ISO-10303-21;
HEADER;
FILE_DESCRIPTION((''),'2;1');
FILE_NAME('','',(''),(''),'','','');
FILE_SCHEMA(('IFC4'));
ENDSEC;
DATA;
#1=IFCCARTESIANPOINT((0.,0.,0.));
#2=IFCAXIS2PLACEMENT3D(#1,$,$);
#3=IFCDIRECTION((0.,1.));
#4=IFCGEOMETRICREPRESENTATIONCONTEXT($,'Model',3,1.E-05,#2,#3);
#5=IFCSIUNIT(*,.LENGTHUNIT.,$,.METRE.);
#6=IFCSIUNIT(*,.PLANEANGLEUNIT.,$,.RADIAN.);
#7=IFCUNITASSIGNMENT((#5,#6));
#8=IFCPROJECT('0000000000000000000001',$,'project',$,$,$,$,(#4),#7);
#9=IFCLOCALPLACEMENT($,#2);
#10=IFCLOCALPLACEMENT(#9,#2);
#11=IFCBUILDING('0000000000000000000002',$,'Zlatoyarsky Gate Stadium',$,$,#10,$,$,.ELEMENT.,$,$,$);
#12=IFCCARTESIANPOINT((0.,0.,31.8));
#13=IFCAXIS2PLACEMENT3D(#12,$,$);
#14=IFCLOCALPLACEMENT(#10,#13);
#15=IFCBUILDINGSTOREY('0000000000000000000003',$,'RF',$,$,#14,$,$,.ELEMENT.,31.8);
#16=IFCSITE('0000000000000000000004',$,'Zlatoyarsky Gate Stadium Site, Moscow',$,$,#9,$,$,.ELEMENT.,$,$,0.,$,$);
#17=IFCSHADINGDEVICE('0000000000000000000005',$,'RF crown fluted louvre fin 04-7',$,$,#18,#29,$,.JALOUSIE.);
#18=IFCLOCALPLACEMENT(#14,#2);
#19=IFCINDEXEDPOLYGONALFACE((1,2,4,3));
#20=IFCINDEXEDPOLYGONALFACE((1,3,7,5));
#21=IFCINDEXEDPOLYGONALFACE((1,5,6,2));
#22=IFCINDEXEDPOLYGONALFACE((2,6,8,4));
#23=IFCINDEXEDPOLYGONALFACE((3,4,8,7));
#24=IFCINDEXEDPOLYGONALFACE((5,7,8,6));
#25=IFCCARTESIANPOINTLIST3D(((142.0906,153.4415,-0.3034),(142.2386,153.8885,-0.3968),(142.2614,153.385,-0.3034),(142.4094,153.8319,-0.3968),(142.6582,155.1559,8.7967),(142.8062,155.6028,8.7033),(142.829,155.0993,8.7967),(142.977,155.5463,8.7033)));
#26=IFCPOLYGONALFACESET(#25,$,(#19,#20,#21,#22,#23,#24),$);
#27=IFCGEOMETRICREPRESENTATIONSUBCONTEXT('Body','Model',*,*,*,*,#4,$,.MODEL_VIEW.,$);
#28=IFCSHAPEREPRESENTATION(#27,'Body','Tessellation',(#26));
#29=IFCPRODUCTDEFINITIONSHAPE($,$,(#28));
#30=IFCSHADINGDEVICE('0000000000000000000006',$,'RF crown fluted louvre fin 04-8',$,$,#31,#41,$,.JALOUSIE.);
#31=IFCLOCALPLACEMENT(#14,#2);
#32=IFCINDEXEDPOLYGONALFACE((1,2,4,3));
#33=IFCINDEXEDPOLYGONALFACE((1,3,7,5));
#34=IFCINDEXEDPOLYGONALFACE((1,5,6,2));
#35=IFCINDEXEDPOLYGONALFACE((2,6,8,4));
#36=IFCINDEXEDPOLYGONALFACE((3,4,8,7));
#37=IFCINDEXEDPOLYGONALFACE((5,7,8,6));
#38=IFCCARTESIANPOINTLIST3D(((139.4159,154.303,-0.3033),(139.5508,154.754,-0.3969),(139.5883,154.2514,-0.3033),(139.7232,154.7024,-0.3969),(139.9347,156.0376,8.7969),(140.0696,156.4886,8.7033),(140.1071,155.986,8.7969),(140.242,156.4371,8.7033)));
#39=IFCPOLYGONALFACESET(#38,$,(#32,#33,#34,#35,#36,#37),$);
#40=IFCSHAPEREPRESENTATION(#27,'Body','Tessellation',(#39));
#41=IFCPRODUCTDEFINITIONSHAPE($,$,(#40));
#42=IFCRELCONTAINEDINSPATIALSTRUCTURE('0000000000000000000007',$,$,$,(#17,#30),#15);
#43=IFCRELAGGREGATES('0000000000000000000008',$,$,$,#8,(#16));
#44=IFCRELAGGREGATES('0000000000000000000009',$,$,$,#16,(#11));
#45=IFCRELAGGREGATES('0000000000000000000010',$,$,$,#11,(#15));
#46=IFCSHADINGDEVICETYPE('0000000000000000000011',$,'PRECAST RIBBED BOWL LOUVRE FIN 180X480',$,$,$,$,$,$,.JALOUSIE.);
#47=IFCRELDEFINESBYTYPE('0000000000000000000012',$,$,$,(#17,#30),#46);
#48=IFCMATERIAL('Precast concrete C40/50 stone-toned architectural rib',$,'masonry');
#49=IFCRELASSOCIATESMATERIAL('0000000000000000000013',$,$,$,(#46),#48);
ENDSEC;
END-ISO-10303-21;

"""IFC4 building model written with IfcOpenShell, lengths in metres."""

from ifc_helpers import new_model, si_unit, direction, frame, origin, origin_2d, place, context, subcontext, project, spatial, rectangle, extrude, material, material_profile, profile_set, type_object, element, save


model = new_model("IFC4")

# Units and contexts
model_context = context("Model", 3, precision=1e-05, world=origin(), true_north=direction((0.0, 1.0)))
body_context = subcontext(model_context, "Body", "Model", "MODEL_VIEW")
ifc_project = project(units=[si_unit("LENGTHUNIT", "METRE"), si_unit("PLANEANGLEUNIT", "RADIAN")], contexts=[model_context])

# Site, building, storey
site_placement = place(None, origin())
site = spatial("IfcSite", under=ifc_project, at=site_placement, Name="Zlatoyarsky Gate Stadium Site, Moscow", CompositionType="ELEMENT", RefElevation=0.0)
building_placement = place(site_placement, origin())
building = spatial("IfcBuilding", under=site, at=building_placement, Name="Zlatoyarsky Gate Stadium", CompositionType="ELEMENT")
storey_placement = place(building_placement, frame((0.0, 0.0, 31.8)))
storey = spatial("IfcBuildingStorey", under=building, at=storey_placement, Name="RF", CompositionType="ELEMENT", Elevation=31.8)

# Shading devices
ifc_material_1 = material(Name="Precast concrete C40/50 stone-toned architectural rib", Category="masonry")
ifc_material_profile_1 = material_profile(ifc_material_1, rectangle(XDim=0.1799, YDim=0.48, at=origin_2d()), Name="RIB 180X480")
ifc_profile_set_1 = profile_set([ifc_material_profile_1], Name="Precast concrete C40/50 stone-toned architectural rib")
shading_device_type = type_object("IfcShadingDeviceType", Name="PRECAST RIBBED BOWL LOUVRE FIN 180X480", PredefinedType="JALOUSIE", material=ifc_profile_set_1)
shading_device_1_placement = place(storey_placement, frame((142.25, 153.6367, -0.3501), z_axis=(0.061183, 0.184785, 0.980873), x_axis=(-0.949317, 0.314321, 0.0)))
element("IfcShadingDevice", 1, at=shading_device_1_placement, inside=storey, type_object=shading_device_type, Name="RF crown fluted louvre fin 04-7", PredefinedType="JALOUSIE", context=body_context, shape_type="SweptSolid", body=[
    extrude(rectangle(XDim=0.1799, YDim=0.48, at=origin_2d()), origin(), (0.0, 0.0, 1.0), 9.2776),
])
shading_device_2_placement = place(storey_placement, frame((139.5696, 154.5027, -0.3501), z_axis=(0.055914, 0.186951, 0.980777), x_axis=(-0.958067, 0.286544, 0.0)))
element("IfcShadingDevice", 2, at=shading_device_2_placement, inside=storey, type_object=shading_device_type, Name="RF crown fluted louvre fin 04-8", PredefinedType="JALOUSIE", context=body_context, shape_type="SweptSolid", body=[
    extrude(rectangle(XDim=0.1799, YDim=0.48, at=origin_2d()), origin(), (0.0, 0.0, 1.0), 9.2786),
])

save(model, "model.ifc")
